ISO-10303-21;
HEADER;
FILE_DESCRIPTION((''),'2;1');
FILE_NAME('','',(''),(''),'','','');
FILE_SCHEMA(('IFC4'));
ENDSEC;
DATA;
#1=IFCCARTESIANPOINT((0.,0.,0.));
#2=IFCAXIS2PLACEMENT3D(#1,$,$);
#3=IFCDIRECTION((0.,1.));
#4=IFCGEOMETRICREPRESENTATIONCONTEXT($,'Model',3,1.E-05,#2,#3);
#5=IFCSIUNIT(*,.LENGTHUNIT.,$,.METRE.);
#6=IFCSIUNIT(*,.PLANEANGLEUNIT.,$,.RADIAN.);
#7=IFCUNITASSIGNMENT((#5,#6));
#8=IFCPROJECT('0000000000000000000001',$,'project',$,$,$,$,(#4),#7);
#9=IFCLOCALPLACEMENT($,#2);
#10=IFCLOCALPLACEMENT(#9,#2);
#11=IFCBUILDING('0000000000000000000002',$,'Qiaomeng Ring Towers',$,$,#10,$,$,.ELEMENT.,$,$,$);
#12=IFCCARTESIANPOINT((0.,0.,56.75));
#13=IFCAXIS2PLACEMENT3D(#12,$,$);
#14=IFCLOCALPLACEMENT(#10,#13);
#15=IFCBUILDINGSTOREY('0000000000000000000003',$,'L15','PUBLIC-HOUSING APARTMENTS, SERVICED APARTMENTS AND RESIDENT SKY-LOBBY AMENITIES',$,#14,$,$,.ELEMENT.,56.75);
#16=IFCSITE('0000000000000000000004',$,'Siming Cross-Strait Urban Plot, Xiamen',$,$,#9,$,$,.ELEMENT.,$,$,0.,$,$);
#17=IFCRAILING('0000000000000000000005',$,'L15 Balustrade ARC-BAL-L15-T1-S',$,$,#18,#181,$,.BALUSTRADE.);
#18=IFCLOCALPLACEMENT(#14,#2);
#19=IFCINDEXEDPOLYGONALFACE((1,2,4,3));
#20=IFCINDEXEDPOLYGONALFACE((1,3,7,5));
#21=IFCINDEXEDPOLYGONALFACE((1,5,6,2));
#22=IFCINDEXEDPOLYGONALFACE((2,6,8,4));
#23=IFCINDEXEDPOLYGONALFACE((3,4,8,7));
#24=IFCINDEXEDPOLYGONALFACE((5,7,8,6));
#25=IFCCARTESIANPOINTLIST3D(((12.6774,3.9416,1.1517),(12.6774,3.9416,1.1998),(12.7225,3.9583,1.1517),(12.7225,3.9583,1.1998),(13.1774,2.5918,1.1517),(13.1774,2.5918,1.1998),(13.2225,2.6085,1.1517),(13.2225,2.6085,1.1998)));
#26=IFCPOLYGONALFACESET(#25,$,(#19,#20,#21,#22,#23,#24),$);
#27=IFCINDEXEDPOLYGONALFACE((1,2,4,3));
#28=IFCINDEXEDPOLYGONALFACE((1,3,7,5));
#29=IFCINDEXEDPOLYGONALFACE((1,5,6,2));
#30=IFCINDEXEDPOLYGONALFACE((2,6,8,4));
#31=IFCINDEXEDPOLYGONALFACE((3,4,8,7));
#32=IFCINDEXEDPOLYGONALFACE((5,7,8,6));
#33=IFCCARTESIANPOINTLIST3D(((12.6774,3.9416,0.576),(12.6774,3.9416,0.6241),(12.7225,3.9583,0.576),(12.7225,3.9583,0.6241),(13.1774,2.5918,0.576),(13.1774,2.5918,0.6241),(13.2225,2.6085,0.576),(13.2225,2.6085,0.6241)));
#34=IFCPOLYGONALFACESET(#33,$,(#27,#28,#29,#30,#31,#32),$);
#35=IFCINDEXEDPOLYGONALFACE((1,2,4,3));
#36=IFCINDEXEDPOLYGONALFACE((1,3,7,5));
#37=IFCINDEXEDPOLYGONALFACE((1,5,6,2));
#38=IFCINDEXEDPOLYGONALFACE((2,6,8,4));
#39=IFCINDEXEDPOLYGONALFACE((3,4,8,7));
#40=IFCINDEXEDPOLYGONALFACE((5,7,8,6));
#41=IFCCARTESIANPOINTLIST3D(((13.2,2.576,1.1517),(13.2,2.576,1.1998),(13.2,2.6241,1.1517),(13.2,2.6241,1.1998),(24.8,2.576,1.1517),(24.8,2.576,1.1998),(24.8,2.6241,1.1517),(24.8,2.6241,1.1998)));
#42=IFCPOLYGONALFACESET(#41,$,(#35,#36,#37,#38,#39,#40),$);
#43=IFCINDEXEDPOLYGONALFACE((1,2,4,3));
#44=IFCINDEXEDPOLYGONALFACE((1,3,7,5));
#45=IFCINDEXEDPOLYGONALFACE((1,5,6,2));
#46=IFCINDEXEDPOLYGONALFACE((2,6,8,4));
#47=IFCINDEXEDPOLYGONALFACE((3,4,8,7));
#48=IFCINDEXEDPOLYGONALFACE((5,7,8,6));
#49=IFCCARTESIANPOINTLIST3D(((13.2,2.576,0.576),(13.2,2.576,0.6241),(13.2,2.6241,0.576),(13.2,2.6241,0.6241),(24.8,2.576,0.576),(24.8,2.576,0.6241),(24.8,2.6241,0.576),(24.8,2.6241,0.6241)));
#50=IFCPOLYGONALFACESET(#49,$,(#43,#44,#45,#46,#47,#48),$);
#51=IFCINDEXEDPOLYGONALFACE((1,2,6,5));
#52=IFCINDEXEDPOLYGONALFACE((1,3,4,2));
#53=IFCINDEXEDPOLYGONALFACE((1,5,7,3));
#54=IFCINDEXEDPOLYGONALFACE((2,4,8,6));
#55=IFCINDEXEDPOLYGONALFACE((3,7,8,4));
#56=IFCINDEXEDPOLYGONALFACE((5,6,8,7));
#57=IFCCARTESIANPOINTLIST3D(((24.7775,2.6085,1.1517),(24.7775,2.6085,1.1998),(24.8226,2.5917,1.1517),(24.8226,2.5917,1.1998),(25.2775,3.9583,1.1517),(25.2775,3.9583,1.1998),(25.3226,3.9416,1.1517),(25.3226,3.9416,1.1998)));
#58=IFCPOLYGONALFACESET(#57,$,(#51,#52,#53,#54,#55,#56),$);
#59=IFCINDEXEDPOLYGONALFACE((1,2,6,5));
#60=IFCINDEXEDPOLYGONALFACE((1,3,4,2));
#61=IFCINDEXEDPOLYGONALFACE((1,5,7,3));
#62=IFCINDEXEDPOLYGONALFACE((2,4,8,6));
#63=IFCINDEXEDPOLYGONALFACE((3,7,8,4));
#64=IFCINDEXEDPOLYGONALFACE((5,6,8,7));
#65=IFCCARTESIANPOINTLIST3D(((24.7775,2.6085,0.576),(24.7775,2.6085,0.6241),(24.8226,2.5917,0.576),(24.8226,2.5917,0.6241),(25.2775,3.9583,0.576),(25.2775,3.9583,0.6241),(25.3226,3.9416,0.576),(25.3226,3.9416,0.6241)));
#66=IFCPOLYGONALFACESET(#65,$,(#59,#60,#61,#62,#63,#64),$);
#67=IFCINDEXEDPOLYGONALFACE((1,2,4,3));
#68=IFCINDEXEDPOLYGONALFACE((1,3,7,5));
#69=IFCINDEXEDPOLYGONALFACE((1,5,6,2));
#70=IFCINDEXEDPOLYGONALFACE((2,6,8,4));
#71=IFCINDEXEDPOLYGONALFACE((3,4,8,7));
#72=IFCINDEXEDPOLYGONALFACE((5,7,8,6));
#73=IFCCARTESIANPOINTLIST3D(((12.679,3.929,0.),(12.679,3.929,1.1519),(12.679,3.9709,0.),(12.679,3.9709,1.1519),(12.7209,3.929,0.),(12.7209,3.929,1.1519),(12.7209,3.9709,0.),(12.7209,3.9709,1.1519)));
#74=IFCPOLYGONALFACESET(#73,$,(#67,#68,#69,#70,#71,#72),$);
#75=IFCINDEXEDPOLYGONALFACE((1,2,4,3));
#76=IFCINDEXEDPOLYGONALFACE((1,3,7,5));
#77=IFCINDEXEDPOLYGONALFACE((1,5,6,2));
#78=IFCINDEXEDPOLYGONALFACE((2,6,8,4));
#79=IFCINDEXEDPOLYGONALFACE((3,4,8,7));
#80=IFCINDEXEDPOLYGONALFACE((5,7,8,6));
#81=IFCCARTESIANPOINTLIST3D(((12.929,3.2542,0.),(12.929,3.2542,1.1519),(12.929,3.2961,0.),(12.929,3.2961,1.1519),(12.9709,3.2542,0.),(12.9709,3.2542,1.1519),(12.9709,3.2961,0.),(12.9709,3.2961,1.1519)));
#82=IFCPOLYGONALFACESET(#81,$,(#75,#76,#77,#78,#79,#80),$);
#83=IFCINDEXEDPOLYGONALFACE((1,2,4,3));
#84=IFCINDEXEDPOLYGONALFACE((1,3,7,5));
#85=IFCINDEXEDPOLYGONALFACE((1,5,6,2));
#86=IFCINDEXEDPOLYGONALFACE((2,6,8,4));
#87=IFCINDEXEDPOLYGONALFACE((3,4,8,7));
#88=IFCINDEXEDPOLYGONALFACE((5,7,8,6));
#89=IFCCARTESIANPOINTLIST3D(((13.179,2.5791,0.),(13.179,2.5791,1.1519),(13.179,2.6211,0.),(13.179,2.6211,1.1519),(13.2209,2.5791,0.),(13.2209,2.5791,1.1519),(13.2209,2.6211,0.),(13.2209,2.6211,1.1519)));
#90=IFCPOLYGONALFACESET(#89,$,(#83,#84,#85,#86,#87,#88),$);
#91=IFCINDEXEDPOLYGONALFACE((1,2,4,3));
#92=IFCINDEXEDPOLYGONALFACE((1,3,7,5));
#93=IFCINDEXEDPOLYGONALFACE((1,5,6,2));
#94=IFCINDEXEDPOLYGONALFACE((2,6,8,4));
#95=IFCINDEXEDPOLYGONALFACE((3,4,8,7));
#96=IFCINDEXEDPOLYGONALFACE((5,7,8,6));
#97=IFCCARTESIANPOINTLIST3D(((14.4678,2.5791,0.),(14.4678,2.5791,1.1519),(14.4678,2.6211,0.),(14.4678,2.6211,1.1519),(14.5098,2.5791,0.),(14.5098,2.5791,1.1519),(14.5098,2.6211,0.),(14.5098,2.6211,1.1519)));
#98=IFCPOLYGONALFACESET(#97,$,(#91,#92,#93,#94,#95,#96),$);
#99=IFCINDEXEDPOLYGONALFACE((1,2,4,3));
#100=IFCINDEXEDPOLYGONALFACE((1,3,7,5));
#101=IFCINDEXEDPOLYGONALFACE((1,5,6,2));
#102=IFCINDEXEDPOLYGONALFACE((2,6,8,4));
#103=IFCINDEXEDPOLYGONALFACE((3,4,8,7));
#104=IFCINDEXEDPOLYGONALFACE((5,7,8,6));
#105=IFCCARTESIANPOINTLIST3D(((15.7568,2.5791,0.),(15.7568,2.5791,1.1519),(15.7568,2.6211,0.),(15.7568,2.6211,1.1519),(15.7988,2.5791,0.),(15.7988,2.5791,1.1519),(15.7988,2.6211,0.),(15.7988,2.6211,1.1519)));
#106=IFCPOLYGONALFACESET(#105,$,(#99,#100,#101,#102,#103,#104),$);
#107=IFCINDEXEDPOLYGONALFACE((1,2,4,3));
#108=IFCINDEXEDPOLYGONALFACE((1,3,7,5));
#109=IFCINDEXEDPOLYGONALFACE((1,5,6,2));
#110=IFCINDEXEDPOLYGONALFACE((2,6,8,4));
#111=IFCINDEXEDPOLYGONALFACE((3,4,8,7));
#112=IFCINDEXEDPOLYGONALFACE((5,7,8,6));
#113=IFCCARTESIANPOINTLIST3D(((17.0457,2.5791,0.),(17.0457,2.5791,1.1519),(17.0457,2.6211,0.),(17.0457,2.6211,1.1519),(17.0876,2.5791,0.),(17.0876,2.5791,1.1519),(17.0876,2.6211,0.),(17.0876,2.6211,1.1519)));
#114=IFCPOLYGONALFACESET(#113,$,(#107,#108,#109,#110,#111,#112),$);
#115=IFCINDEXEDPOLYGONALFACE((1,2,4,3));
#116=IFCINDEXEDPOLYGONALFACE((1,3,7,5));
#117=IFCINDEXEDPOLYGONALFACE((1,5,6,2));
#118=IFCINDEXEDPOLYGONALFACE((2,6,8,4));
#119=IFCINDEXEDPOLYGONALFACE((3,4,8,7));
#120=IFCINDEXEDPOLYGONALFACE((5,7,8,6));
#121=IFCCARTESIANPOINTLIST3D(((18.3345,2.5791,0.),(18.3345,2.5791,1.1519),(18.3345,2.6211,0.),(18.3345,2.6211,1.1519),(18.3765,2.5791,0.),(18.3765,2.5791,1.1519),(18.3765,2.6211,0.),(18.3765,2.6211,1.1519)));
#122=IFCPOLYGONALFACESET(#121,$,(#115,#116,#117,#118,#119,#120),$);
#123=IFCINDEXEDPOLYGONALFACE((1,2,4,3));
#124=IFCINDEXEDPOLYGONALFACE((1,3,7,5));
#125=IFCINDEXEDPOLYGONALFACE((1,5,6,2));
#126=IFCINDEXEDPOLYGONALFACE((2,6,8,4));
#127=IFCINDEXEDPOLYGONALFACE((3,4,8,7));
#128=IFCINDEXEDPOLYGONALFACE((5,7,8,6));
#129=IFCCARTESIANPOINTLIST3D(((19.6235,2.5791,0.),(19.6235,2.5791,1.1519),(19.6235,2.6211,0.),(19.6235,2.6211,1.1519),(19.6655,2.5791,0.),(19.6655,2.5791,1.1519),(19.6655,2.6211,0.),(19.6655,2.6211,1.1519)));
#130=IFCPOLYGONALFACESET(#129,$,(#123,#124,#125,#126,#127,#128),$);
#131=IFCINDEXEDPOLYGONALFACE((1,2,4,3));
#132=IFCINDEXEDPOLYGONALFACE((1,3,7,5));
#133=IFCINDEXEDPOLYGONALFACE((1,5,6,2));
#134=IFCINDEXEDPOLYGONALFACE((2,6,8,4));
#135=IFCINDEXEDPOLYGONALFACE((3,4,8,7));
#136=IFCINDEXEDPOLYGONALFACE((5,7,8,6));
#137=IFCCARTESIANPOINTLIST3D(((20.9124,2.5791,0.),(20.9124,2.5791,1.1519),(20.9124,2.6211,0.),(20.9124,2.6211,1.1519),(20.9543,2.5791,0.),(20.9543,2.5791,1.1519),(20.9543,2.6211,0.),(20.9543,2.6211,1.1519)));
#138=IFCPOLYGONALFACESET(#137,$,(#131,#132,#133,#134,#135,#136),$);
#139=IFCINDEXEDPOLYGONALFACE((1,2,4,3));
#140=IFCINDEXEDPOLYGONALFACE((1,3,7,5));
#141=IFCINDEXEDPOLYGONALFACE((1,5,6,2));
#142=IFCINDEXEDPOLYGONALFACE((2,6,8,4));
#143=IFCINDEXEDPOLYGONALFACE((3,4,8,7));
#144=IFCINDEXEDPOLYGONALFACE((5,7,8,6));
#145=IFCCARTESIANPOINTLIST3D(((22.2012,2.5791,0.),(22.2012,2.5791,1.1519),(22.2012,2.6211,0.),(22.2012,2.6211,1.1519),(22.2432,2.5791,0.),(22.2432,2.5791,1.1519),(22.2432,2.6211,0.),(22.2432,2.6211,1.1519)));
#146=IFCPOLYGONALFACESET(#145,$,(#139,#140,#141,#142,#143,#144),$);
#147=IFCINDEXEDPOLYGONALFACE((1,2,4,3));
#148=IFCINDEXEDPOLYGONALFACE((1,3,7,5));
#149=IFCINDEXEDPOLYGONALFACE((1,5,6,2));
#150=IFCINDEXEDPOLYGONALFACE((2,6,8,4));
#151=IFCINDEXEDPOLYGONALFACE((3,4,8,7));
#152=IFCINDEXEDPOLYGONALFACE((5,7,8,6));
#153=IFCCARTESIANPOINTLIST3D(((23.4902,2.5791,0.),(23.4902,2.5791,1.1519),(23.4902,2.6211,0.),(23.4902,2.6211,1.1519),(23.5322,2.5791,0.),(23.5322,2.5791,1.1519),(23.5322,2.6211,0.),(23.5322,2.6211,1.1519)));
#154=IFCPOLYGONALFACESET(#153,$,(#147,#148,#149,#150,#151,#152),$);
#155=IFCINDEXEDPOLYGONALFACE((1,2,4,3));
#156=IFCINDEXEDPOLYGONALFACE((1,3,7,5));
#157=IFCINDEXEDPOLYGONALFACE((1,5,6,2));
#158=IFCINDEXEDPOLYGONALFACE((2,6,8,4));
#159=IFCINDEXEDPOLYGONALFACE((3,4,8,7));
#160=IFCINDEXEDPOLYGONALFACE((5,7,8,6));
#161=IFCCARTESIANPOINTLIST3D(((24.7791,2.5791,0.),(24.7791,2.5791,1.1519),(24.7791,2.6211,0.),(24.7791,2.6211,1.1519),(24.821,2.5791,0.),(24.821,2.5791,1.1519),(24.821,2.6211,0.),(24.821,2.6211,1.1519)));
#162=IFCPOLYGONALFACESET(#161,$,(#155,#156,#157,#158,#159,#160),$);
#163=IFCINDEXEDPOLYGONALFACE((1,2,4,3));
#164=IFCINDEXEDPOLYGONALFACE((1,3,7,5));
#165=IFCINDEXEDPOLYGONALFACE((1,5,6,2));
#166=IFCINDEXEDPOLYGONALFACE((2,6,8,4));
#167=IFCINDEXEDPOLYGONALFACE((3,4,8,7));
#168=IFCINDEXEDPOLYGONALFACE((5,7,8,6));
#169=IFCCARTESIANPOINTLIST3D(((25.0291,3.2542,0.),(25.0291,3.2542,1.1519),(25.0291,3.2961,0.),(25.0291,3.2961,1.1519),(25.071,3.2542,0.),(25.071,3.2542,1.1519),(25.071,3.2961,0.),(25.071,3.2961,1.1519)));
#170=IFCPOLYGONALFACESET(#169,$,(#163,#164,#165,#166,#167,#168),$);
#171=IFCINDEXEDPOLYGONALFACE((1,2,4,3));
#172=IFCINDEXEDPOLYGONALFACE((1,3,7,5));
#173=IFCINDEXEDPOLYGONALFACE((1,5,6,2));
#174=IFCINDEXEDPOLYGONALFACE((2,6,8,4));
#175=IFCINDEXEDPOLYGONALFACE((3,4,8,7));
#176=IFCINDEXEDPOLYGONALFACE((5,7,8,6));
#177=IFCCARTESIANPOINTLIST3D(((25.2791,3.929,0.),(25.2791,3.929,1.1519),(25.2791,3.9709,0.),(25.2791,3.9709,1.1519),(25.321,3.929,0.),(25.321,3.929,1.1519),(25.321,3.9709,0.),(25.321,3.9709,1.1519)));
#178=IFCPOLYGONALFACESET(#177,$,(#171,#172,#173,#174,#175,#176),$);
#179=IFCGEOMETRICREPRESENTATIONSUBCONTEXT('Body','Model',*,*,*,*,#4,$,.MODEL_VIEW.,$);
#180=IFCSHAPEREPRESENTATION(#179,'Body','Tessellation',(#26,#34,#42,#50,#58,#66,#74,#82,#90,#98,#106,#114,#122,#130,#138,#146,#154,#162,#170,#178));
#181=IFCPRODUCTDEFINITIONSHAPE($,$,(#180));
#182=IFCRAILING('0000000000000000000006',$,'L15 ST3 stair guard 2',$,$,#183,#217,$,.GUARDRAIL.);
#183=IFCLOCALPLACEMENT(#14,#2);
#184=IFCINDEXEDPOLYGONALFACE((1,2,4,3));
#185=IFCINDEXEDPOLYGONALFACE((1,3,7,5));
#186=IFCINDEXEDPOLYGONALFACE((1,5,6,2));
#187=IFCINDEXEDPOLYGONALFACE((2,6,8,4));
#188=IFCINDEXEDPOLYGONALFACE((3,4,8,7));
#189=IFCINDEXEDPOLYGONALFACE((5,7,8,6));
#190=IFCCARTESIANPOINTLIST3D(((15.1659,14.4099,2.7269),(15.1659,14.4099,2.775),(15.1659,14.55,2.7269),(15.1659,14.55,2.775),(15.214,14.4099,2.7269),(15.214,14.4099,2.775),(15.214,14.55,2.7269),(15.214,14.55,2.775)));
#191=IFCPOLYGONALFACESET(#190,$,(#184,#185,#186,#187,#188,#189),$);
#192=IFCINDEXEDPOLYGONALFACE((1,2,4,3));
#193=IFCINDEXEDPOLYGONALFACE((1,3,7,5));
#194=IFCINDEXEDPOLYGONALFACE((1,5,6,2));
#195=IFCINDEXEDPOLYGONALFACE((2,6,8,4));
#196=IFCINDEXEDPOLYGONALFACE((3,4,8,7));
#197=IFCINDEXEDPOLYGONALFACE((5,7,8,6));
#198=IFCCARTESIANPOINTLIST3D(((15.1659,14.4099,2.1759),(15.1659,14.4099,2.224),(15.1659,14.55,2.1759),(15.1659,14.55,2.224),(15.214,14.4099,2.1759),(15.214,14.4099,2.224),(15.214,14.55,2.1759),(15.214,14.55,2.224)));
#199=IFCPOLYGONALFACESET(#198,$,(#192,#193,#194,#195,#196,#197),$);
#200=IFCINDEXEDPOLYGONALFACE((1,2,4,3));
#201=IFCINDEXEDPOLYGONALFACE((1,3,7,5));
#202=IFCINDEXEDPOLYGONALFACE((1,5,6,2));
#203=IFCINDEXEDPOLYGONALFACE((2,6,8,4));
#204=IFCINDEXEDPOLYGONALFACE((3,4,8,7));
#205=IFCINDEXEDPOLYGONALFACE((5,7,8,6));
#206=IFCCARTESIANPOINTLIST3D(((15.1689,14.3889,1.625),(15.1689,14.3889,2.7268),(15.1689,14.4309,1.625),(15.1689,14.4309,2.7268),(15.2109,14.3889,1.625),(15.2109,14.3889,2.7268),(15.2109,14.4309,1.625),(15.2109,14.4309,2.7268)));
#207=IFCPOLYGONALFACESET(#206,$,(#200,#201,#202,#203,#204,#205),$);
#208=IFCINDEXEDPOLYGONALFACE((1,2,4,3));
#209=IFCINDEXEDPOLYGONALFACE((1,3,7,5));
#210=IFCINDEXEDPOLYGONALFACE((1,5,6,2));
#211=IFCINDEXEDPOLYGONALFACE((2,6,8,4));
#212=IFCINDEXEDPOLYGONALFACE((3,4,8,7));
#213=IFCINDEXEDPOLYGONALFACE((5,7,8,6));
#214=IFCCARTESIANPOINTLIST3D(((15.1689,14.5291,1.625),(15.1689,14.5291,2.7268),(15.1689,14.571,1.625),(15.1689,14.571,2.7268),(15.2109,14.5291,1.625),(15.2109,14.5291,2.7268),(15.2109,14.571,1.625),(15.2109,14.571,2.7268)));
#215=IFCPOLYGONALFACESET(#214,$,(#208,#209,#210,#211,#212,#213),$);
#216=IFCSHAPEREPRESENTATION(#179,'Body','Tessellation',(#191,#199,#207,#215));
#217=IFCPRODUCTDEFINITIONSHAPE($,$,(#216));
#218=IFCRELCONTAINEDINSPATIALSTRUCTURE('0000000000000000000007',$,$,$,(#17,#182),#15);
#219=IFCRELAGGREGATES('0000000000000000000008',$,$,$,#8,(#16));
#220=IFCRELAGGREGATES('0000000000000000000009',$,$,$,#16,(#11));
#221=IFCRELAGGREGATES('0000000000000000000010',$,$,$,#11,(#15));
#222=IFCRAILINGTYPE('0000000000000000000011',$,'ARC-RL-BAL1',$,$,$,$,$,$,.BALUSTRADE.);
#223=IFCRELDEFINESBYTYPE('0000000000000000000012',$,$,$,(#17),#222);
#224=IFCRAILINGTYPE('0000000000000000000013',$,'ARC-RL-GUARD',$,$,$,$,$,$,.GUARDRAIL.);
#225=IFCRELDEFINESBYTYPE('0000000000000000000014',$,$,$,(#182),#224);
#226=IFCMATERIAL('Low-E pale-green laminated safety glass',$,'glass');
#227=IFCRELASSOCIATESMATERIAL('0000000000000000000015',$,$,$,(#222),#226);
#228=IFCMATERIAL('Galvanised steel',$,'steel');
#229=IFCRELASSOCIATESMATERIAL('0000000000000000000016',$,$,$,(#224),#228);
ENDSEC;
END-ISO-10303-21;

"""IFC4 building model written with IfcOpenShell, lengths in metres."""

from ifc_helpers import new_model, si_unit, direction, frame, origin, origin_2d, place, context, subcontext, project, spatial, rectangle, extrude, material, type_object, element, save


model = new_model("IFC4")

# Units and contexts
model_context = context("Model", 3, precision=1e-05, world=origin(), true_north=direction((0.0, 1.0)))
body_context = subcontext(model_context, "Body", "Model", "MODEL_VIEW")
ifc_project = project(units=[si_unit("LENGTHUNIT", "METRE"), si_unit("PLANEANGLEUNIT", "RADIAN")], contexts=[model_context])

# Site, building, storey
site_placement = place(None, origin())
site = spatial("IfcSite", under=ifc_project, at=site_placement, Name="Siming Cross-Strait Urban Plot, Xiamen", CompositionType="ELEMENT", RefElevation=0.0)
building_placement = place(site_placement, origin())
building = spatial("IfcBuilding", under=site, at=building_placement, Name="Qiaomeng Ring Towers", CompositionType="ELEMENT")
storey_placement = place(building_placement, frame((0.0, 0.0, 56.75)))
storey = spatial("IfcBuildingStorey", under=building, at=storey_placement, Name="L15", Description="PUBLIC-HOUSING APARTMENTS, SERVICED APARTMENTS AND RESIDENT SKY-LOBBY AMENITIES", CompositionType="ELEMENT", Elevation=56.75)

# Shared definitions
ifc_material_1 = material(Name="Galvanised steel", Category="steel")

# Railings
ifc_material_2 = material(Name="Low-E pale-green laminated safety glass", Category="glass")
railing_type_1 = type_object("IfcRailingType", Name="ARC-RL-BAL1", PredefinedType="BALUSTRADE", material=ifc_material_2)
railing_1_placement = place(storey_placement, frame((12.7, 3.95, 0.0)))
element("IfcRailing", 1, at=railing_1_placement, inside=storey, type_object=railing_type_1, Name="L15 Balustrade ARC-BAL-L15-T1-S", PredefinedType="BALUSTRADE", context=body_context, shape_type="SweptSolid", body=[
    extrude(rectangle(XDim=0.0481, YDim=0.0481, at=origin_2d()), frame((0.0, 0.0, 1.1758), z_axis=(0.347347, -0.937736, 0.0), x_axis=(0.937736, 0.347347, 0.0)), (0.0, 0.0, 1.0), 1.4395),
    extrude(rectangle(XDim=0.0481, YDim=0.0481, at=origin_2d()), frame((0.0, 0.0, 0.6001), z_axis=(0.347347, -0.937736, 0.0), x_axis=(0.937736, 0.347347, 0.0)), (0.0, 0.0, 1.0), 1.4395),
    extrude(rectangle(XDim=0.0481, YDim=0.0481, at=origin_2d()), frame((0.5, -1.3499, 1.1758), z_axis=(1.0, 0.0, 0.0), x_axis=(0.0, 1.0, 0.0)), (0.0, 0.0, 1.0), 11.6001),
    extrude(rectangle(XDim=0.0481, YDim=0.0481, at=origin_2d()), frame((0.5, -1.3499, 0.6001), z_axis=(1.0, 0.0, 0.0), x_axis=(0.0, 1.0, 0.0)), (0.0, 0.0, 1.0), 11.6001),
    extrude(rectangle(XDim=0.0481, YDim=0.0481, at=origin_2d()), frame((12.1001, -1.3499, 1.1758), z_axis=(0.347347, 0.937736, 0.0), x_axis=(-0.937736, 0.347347, 0.0)), (0.0, 0.0, 1.0), 1.4395),
    extrude(rectangle(XDim=0.0481, YDim=0.0481, at=origin_2d()), frame((12.1001, -1.3499, 0.6001), z_axis=(0.347347, 0.937736, 0.0), x_axis=(-0.937736, 0.347347, 0.0)), (0.0, 0.0, 1.0), 1.4395),
    extrude(rectangle(XDim=0.042, YDim=0.042, at=origin_2d()), origin(), (0.0, 0.0, 1.0), 1.1519),
    extrude(rectangle(XDim=0.042, YDim=0.042, at=origin_2d()), frame((0.25, -0.6748, 0.0)), (0.0, 0.0, 1.0), 1.1519),
    extrude(rectangle(XDim=0.042, YDim=0.042, at=origin_2d()), frame((0.5, -1.3499, 0.0)), (0.0, 0.0, 1.0), 1.1519),
    extrude(rectangle(XDim=0.042, YDim=0.042, at=origin_2d()), frame((1.7888, -1.3499, 0.0)), (0.0, 0.0, 1.0), 1.1519),
    extrude(rectangle(XDim=0.042, YDim=0.042, at=origin_2d()), frame((3.0779, -1.3499, 0.0)), (0.0, 0.0, 1.0), 1.1519),
    extrude(rectangle(XDim=0.042, YDim=0.042, at=origin_2d()), frame((4.3667, -1.3499, 0.0)), (0.0, 0.0, 1.0), 1.1519),
    extrude(rectangle(XDim=0.042, YDim=0.042, at=origin_2d()), frame((5.6555, -1.3499, 0.0)), (0.0, 0.0, 1.0), 1.1519),
    extrude(rectangle(XDim=0.042, YDim=0.042, at=origin_2d()), frame((6.9446, -1.3499, 0.0)), (0.0, 0.0, 1.0), 1.1519),
    extrude(rectangle(XDim=0.042, YDim=0.042, at=origin_2d()), frame((8.2334, -1.3499, 0.0)), (0.0, 0.0, 1.0), 1.1519),
    extrude(rectangle(XDim=0.042, YDim=0.042, at=origin_2d()), frame((9.5222, -1.3499, 0.0)), (0.0, 0.0, 1.0), 1.1519),
    extrude(rectangle(XDim=0.042, YDim=0.042, at=origin_2d()), frame((10.8113, -1.3499, 0.0)), (0.0, 0.0, 1.0), 1.1519),
    extrude(rectangle(XDim=0.042, YDim=0.042, at=origin_2d()), frame((12.1001, -1.3499, 0.0)), (0.0, 0.0, 1.0), 1.1519),
    extrude(rectangle(XDim=0.042, YDim=0.042, at=origin_2d()), frame((12.3501, -0.6748, 0.0)), (0.0, 0.0, 1.0), 1.1519),
    extrude(rectangle(XDim=0.042, YDim=0.042, at=origin_2d()), frame((12.6001, 0.0, 0.0)), (0.0, 0.0, 1.0), 1.1519),
])
railing_type_2 = type_object("IfcRailingType", Name="ARC-RL-GUARD", PredefinedType="GUARDRAIL", material=ifc_material_1)
railing_2_placement = place(storey_placement, frame((15.1899, 14.4099, 1.625)))
element("IfcRailing", 2, at=railing_2_placement, inside=storey, type_object=railing_type_2, Name="L15 ST3 stair guard 2", PredefinedType="GUARDRAIL", context=body_context, shape_type="SweptSolid", body=[
    extrude(rectangle(XDim=0.0481, YDim=0.0481, at=origin_2d()), frame((0.0, 0.0, 1.126), z_axis=(0.0, 1.0, 0.0), x_axis=(-1.0, 0.0, 0.0)), (0.0, 0.0, 1.0), 0.1401),
    extrude(rectangle(XDim=0.0481, YDim=0.0481, at=origin_2d()), frame((0.0, 0.0, 0.575), z_axis=(0.0, 1.0, 0.0), x_axis=(-1.0, 0.0, 0.0)), (0.0, 0.0, 1.0), 0.1401),
    extrude(rectangle(XDim=0.042, YDim=0.042, at=origin_2d()), origin(), (0.0, 0.0, 1.0), 1.1018),
    extrude(rectangle(XDim=0.042, YDim=0.042, at=origin_2d()), frame((0.0, 0.1401, 0.0)), (0.0, 0.0, 1.0), 1.1018),
])

save(model, "model.ifc")
